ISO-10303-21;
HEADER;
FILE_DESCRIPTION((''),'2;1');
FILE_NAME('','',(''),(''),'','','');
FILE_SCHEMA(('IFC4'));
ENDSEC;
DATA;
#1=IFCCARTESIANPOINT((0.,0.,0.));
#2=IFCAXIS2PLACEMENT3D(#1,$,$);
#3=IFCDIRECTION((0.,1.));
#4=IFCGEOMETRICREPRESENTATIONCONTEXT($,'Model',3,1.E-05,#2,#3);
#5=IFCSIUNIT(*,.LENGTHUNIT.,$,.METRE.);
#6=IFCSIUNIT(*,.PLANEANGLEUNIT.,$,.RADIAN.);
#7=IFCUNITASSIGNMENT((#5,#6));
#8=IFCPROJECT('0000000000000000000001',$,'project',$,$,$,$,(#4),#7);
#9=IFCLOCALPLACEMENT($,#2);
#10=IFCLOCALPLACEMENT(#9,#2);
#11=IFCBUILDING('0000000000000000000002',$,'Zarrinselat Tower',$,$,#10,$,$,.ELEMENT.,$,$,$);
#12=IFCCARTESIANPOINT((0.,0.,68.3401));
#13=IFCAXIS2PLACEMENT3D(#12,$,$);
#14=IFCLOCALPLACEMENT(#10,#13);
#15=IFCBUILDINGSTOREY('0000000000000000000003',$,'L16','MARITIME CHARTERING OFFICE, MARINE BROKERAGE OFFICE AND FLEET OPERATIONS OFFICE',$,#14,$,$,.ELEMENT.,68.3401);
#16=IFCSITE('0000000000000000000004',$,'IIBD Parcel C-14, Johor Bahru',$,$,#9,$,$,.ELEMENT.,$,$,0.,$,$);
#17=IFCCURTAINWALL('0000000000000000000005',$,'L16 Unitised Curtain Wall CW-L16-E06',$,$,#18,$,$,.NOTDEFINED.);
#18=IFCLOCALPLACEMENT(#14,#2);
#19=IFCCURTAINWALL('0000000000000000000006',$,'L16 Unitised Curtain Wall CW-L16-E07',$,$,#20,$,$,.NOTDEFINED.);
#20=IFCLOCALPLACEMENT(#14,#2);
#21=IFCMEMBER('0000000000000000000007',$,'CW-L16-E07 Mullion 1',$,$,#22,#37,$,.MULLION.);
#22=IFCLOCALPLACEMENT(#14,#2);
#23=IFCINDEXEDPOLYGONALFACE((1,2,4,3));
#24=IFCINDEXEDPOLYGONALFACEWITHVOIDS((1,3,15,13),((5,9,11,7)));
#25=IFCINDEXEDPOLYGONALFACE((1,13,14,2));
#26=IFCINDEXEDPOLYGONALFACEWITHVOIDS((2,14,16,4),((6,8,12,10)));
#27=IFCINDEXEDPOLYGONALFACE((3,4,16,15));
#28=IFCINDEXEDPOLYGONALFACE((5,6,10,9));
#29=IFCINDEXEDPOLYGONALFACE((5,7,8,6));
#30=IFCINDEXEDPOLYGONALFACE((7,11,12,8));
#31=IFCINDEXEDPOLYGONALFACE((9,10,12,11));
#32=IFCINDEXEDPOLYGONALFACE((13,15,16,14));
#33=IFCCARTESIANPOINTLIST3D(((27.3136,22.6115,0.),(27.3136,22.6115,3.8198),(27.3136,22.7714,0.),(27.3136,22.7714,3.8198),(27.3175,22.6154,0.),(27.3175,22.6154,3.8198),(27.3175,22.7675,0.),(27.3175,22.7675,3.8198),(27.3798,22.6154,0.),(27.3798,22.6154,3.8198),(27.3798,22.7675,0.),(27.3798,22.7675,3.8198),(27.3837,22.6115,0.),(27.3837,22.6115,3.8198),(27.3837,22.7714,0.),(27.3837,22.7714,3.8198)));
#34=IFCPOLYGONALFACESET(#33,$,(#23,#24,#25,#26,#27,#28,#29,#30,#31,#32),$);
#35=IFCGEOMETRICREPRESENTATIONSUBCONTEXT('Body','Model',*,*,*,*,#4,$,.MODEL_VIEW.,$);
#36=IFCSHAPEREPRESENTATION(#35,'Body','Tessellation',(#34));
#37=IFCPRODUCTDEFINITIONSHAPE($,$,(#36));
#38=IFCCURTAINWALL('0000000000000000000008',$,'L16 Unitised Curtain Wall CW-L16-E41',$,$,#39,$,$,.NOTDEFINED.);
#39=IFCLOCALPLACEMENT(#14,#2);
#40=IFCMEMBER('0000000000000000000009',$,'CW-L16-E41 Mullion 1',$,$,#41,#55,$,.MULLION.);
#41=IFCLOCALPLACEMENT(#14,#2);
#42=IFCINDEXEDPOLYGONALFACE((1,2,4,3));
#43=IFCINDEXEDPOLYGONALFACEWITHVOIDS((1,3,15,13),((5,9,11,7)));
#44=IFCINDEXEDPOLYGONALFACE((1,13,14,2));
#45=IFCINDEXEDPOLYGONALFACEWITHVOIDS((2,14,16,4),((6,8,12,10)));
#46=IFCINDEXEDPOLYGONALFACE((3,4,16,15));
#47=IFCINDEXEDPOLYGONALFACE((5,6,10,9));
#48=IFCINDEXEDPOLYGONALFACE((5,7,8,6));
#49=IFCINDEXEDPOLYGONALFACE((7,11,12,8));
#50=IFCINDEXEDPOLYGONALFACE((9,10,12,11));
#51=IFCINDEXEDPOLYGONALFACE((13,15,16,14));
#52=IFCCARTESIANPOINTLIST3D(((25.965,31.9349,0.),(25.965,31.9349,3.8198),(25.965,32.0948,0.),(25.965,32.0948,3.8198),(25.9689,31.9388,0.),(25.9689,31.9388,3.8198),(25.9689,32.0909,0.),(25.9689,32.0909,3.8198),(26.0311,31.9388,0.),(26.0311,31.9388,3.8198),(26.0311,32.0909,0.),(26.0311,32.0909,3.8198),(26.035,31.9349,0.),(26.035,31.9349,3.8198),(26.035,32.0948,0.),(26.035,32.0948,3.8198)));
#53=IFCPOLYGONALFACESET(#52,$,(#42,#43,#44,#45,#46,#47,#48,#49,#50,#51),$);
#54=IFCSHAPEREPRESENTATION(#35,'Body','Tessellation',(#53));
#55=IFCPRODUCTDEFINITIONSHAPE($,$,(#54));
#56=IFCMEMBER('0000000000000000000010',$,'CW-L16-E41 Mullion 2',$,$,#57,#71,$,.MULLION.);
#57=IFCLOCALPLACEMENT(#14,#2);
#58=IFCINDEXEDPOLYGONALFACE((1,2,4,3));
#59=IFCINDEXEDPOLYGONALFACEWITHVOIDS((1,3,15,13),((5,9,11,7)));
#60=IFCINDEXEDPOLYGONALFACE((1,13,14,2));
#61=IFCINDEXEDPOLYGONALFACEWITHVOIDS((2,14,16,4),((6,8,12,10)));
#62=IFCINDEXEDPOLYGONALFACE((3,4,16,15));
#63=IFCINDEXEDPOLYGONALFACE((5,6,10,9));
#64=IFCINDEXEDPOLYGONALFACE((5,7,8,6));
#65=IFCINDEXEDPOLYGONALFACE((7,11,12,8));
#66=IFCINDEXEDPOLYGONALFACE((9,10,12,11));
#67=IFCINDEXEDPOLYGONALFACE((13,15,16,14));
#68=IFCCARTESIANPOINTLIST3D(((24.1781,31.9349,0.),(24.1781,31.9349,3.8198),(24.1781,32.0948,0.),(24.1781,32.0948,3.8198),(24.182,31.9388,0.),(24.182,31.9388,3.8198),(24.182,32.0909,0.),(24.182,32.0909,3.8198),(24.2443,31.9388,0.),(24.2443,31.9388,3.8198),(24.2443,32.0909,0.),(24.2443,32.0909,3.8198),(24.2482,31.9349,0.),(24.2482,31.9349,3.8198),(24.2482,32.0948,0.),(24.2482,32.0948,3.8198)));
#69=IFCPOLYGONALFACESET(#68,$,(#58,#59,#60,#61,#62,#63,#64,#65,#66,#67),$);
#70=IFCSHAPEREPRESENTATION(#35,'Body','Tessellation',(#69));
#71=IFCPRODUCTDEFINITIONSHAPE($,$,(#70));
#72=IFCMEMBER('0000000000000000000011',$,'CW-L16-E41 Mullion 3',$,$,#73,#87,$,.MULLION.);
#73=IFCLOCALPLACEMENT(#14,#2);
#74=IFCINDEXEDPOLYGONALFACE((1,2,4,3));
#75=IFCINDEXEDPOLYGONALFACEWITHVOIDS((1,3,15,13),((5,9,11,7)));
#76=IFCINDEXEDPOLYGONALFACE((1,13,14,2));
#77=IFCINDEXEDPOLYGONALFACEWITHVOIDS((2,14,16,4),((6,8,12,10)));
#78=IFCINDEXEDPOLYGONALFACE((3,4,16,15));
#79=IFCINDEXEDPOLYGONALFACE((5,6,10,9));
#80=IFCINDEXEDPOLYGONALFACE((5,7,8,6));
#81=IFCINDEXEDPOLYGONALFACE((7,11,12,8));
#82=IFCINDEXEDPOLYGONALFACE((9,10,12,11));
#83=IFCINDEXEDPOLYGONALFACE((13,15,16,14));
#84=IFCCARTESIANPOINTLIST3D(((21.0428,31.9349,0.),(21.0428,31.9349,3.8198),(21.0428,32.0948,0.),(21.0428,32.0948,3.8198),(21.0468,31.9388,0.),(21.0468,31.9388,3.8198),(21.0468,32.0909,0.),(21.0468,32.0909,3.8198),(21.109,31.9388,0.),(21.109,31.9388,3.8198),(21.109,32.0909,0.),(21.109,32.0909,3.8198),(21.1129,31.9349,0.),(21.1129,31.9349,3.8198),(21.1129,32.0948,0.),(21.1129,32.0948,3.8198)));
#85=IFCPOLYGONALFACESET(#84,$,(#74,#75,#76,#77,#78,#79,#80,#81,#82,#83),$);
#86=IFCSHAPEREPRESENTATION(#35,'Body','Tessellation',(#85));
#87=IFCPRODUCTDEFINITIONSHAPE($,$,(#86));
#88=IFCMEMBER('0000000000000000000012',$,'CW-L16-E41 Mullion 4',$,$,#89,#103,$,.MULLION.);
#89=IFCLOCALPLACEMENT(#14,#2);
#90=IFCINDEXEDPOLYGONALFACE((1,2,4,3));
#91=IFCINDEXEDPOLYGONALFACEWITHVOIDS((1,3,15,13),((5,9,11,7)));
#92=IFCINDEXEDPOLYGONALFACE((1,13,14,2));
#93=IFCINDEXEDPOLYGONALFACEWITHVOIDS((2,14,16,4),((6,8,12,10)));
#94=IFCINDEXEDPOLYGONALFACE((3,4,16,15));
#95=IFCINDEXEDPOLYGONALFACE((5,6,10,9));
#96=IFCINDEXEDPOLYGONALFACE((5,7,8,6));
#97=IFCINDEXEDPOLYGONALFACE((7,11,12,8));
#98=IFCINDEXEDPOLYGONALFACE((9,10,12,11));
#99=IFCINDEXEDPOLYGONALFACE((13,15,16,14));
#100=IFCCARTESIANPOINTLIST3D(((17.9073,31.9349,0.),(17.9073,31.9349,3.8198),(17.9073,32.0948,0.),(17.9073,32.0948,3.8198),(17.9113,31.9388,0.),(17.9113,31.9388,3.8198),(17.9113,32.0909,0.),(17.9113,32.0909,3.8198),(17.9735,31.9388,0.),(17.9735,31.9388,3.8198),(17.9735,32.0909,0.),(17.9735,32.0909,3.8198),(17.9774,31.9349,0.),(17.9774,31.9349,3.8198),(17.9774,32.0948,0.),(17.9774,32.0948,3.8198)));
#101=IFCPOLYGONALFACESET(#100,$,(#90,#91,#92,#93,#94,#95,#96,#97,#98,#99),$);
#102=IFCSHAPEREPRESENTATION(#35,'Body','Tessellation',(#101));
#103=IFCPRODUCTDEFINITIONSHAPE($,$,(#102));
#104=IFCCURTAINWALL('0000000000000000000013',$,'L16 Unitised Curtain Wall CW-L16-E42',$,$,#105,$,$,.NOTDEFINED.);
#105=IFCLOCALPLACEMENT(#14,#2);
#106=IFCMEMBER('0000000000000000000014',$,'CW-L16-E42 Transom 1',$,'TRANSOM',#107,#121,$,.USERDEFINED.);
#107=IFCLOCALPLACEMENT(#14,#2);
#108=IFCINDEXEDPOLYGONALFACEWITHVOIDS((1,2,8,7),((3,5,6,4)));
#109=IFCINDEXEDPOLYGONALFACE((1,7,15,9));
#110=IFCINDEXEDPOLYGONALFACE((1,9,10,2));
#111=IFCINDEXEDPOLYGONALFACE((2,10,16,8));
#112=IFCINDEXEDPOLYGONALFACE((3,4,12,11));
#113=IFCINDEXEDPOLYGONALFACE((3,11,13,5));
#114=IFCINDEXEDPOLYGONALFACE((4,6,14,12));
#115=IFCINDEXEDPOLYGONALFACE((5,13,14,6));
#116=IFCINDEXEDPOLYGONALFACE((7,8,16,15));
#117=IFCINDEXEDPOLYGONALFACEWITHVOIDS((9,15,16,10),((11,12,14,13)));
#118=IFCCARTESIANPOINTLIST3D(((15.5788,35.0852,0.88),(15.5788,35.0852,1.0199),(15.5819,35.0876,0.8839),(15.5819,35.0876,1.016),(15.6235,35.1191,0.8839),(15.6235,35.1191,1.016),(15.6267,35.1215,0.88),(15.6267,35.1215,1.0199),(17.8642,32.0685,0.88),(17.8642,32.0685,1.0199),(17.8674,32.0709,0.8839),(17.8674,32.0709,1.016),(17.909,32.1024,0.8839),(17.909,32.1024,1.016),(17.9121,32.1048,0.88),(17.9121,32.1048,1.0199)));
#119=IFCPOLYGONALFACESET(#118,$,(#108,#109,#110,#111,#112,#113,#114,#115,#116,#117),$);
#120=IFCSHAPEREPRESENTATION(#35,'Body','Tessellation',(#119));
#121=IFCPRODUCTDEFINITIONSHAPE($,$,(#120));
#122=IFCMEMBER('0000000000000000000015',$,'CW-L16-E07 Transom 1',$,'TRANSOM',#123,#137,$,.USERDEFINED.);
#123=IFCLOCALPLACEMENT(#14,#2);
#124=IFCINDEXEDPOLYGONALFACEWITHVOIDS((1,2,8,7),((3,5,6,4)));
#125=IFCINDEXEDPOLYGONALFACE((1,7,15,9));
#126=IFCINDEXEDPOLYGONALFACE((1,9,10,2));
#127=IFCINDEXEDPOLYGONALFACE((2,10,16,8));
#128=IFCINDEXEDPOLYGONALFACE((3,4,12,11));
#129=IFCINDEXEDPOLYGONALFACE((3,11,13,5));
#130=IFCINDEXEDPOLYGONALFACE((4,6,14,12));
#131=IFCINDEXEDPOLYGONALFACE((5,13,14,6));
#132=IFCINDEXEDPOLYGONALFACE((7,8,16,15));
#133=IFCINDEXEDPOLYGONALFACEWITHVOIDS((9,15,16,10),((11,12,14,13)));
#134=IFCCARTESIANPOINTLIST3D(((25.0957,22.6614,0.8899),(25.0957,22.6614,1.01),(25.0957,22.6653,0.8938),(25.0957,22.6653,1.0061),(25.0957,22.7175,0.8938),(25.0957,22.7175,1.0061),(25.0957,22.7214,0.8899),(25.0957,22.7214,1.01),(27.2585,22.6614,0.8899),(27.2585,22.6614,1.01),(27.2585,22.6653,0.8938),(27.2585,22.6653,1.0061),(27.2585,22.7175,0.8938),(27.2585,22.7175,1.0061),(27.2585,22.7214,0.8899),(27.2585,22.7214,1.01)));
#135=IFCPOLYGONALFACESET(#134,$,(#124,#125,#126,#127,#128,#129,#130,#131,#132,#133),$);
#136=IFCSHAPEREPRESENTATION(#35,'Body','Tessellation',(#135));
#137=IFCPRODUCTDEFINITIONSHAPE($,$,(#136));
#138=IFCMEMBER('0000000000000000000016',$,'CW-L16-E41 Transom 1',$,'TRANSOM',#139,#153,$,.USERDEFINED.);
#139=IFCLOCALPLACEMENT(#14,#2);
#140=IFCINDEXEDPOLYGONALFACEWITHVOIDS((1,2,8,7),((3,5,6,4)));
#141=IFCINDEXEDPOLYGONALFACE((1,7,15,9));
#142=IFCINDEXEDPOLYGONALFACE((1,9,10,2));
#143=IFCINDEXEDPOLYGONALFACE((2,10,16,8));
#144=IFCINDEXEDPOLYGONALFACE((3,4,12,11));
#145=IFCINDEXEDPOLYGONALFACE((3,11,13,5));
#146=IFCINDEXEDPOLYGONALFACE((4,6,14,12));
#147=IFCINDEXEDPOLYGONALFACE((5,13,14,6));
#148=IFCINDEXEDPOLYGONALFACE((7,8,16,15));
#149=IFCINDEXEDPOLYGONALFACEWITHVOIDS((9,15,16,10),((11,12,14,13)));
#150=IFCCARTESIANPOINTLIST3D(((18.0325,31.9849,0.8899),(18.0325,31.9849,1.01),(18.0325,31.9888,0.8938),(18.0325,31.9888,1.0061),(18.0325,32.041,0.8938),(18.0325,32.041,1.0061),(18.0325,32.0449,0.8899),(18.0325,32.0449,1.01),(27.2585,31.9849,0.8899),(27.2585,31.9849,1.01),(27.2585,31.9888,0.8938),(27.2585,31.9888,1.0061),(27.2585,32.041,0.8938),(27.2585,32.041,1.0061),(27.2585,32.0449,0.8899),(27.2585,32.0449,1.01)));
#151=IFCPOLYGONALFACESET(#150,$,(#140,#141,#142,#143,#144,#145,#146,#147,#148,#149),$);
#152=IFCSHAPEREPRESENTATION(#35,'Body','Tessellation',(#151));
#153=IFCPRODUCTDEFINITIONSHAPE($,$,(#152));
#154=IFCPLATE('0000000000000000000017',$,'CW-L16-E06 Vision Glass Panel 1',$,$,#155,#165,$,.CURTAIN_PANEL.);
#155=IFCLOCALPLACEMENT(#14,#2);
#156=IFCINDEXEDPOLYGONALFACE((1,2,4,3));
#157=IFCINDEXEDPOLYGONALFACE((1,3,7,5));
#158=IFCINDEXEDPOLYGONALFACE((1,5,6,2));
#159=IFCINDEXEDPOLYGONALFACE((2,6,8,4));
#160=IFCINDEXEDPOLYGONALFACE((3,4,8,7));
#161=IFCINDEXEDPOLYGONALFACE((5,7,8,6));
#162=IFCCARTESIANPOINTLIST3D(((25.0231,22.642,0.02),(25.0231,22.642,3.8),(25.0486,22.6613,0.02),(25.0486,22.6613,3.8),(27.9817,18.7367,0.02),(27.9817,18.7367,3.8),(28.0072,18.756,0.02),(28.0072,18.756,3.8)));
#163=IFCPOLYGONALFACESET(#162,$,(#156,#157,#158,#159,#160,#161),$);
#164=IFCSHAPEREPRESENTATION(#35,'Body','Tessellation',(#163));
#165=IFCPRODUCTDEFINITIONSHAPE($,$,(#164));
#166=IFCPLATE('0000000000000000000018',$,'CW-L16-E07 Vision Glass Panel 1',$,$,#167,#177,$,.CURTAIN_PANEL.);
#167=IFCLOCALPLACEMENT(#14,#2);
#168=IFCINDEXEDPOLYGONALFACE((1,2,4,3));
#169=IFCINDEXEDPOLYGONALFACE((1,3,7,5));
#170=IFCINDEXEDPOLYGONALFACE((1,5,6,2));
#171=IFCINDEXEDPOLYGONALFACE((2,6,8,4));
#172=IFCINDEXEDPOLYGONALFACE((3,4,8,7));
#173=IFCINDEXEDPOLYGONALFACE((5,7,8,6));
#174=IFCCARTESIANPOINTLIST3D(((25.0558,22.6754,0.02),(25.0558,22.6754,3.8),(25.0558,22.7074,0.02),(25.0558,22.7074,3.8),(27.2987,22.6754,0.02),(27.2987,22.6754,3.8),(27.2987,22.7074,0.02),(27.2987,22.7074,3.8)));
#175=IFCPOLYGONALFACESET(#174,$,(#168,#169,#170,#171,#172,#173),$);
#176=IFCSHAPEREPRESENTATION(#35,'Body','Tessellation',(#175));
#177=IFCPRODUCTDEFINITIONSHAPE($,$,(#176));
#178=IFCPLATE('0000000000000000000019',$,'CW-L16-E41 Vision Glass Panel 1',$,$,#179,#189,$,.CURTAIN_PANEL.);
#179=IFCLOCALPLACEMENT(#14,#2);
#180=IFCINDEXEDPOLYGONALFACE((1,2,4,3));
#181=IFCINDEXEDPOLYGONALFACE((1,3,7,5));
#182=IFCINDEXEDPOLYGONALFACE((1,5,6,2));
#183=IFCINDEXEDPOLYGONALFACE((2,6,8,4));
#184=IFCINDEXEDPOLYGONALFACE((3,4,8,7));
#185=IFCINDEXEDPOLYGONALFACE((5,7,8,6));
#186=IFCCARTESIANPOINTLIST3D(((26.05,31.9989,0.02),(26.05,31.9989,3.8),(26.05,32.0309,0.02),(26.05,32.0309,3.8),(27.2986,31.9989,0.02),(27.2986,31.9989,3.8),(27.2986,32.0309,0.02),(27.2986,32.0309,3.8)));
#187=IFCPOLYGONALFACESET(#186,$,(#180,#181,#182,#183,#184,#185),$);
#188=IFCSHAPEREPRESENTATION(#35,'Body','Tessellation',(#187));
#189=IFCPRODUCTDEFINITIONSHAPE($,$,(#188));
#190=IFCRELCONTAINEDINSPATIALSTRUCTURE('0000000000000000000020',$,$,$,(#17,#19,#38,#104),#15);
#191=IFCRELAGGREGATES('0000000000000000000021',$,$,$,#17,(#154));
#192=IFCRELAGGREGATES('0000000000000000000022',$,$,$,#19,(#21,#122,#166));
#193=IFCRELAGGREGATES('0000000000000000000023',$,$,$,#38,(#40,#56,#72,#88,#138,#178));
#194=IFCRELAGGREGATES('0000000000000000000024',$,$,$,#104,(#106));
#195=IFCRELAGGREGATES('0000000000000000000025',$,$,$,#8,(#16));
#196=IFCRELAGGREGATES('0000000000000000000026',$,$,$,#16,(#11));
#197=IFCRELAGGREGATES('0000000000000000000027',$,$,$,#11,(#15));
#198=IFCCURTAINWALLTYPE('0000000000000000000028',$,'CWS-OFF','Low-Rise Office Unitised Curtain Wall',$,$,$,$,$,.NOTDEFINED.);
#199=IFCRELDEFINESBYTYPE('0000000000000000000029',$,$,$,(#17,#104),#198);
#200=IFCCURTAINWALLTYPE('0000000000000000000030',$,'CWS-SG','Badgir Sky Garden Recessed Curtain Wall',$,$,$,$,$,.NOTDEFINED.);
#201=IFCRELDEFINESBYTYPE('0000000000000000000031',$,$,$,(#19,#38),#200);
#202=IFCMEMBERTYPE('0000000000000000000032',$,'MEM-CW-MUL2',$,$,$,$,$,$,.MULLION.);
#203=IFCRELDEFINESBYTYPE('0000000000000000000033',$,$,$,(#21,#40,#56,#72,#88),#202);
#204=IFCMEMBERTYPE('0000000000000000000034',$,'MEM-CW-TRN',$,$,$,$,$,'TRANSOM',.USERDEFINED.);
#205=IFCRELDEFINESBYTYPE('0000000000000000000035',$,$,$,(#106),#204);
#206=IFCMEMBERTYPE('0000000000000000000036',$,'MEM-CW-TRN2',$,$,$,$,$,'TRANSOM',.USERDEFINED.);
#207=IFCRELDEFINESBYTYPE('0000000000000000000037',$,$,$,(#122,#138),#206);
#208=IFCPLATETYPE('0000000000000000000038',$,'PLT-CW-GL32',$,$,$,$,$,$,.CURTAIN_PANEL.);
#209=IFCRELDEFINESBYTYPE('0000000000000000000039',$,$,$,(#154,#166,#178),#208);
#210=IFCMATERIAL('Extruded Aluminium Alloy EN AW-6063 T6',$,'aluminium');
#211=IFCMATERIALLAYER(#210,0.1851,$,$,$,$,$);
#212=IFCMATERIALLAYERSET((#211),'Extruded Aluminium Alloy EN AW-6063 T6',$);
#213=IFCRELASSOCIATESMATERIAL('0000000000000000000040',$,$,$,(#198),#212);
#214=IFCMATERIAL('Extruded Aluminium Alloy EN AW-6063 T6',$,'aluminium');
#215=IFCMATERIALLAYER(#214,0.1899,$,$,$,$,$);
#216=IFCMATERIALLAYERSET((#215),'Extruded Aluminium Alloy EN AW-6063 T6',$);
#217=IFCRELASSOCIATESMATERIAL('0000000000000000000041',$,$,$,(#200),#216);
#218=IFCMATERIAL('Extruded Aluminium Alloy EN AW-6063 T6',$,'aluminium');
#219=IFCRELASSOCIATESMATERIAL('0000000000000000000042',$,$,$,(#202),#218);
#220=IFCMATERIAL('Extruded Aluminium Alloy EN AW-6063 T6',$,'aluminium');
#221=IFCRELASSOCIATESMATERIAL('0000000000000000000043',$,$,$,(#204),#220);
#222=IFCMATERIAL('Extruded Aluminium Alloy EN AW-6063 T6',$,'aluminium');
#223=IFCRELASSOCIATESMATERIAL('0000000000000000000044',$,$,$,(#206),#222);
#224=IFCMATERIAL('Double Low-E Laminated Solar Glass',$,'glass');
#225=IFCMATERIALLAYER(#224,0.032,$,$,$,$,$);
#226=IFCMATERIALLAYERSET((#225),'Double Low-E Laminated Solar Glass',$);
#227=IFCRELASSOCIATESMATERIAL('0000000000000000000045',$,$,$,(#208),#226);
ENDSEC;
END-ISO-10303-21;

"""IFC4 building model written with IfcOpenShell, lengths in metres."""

from ifc_helpers import new_model, si_unit, direction, frame, origin, origin_2d, place, context, subcontext, project, spatial, rectangle, hollow_rectangle, extrude, material, layer, layer_set, material_profile, profile_set, type_object, element, aggregate, save


model = new_model("IFC4")

# Units and contexts
model_context = context("Model", 3, precision=1e-05, world=origin(), true_north=direction((0.0, 1.0)))
body_context = subcontext(model_context, "Body", "Model", "MODEL_VIEW")
ifc_project = project(units=[si_unit("LENGTHUNIT", "METRE"), si_unit("PLANEANGLEUNIT", "RADIAN")], contexts=[model_context])

# Site, building, storey
site_placement = place(None, origin())
site = spatial("IfcSite", under=ifc_project, at=site_placement, Name="IIBD Parcel C-14, Johor Bahru", CompositionType="ELEMENT", RefElevation=0.0)
building_placement = place(site_placement, origin())
building = spatial("IfcBuilding", under=site, at=building_placement, Name="Zarrinselat Tower", CompositionType="ELEMENT")
storey_placement = place(building_placement, frame((0.0, 0.0, 68.3401)))
storey = spatial("IfcBuildingStorey", under=building, at=storey_placement, Name="L16", Description="MARITIME CHARTERING OFFICE, MARINE BROKERAGE OFFICE AND FLEET OPERATIONS OFFICE", CompositionType="ELEMENT", Elevation=68.3401)

# Curtain walls, member
ifc_material_1 = material(Name="Extruded Aluminium Alloy EN AW-6063 T6", Category="aluminium")
ifc_layer_1 = layer(ifc_material_1, 0.1851)
ifc_layer_set_1 = layer_set([ifc_layer_1], Name="Extruded Aluminium Alloy EN AW-6063 T6")
curtain_wall_type_1 = type_object("IfcCurtainWallType", Name="CWS-OFF", Description="Low-Rise Office Unitised Curtain Wall", PredefinedType="NOTDEFINED", material=ifc_layer_set_1)
curtain_wall_1_placement = place(storey_placement, origin())
curtain_wall_1 = element("IfcCurtainWall", 1, at=curtain_wall_1_placement, inside=storey, type_object=curtain_wall_type_1, Name="L16 Unitised Curtain Wall CW-L16-E06", PredefinedType="NOTDEFINED")
ifc_material_2 = material(Name="Extruded Aluminium Alloy EN AW-6063 T6", Category="aluminium")
ifc_layer_2 = layer(ifc_material_2, 0.1899)
ifc_layer_set_2 = layer_set([ifc_layer_2], Name="Extruded Aluminium Alloy EN AW-6063 T6")
curtain_wall_type_2 = type_object("IfcCurtainWallType", Name="CWS-SG", Description="Badgir Sky Garden Recessed Curtain Wall", PredefinedType="NOTDEFINED", material=ifc_layer_set_2)
curtain_wall_2_placement = place(storey_placement, origin())
curtain_wall_2 = element("IfcCurtainWall", 2, at=curtain_wall_2_placement, inside=storey, type_object=curtain_wall_type_2, Name="L16 Unitised Curtain Wall CW-L16-E07", PredefinedType="NOTDEFINED")
ifc_material_3 = material(Name="Extruded Aluminium Alloy EN AW-6063 T6", Category="aluminium")
ifc_material_profile_1 = material_profile(ifc_material_3, hollow_rectangle(XDim=0.0701, YDim=0.1599, WallThickness=0.0039, at=origin_2d()), Name="RHS 160x70x4")
ifc_profile_set_1 = profile_set([ifc_material_profile_1], Name="Extruded Aluminium Alloy EN AW-6063 T6")
member_type_1 = type_object("IfcMemberType", Name="MEM-CW-MUL2", PredefinedType="MULLION", material=ifc_profile_set_1)
member_1_placement = place(storey_placement, frame((27.3486, 22.6914, 0.0), z_axis=(0.0, 0.0, 1.0), x_axis=(1.0, 0.0, 0.0)))
member_1 = element("IfcMember", 3, at=member_1_placement, type_object=member_type_1, Name="CW-L16-E07 Mullion 1", PredefinedType="MULLION", context=body_context, shape_type="SweptSolid", body=[
    extrude(hollow_rectangle(XDim=0.0701, YDim=0.1599, WallThickness=0.0039, at=origin_2d()), origin(), (0.0, 0.0, 1.0), 3.8198),
])

# Curtain wall, members
curtain_wall_3_placement = place(storey_placement, origin())
curtain_wall_3 = element("IfcCurtainWall", 4, at=curtain_wall_3_placement, inside=storey, type_object=curtain_wall_type_2, Name="L16 Unitised Curtain Wall CW-L16-E41", PredefinedType="NOTDEFINED")
member_2_placement = place(storey_placement, frame((26.0, 32.0149, 0.0), z_axis=(0.0, 0.0, 1.0), x_axis=(-1.0, 0.0, 0.0)))
member_2 = element("IfcMember", 5, at=member_2_placement, type_object=member_type_1, Name="CW-L16-E41 Mullion 1", PredefinedType="MULLION", context=body_context, shape_type="SweptSolid", body=[
    extrude(hollow_rectangle(XDim=0.0701, YDim=0.1599, WallThickness=0.0039, at=origin_2d()), origin(), (0.0, 0.0, 1.0), 3.8198),
])
member_3_placement = place(storey_placement, frame((24.2131, 32.0149, 0.0), z_axis=(0.0, 0.0, 1.0), x_axis=(-1.0, 0.0, 0.0)))
member_3 = element("IfcMember", 6, at=member_3_placement, type_object=member_type_1, Name="CW-L16-E41 Mullion 2", PredefinedType="MULLION", context=body_context, shape_type="SweptSolid", body=[
    extrude(hollow_rectangle(XDim=0.0701, YDim=0.1599, WallThickness=0.0039, at=origin_2d()), origin(), (0.0, 0.0, 1.0), 3.8198),
])
member_4_placement = place(storey_placement, frame((21.0779, 32.0149, 0.0), z_axis=(0.0, 0.0, 1.0), x_axis=(-1.0, 0.0, 0.0)))
member_4 = element("IfcMember", 7, at=member_4_placement, type_object=member_type_1, Name="CW-L16-E41 Mullion 3", PredefinedType="MULLION", context=body_context, shape_type="SweptSolid", body=[
    extrude(hollow_rectangle(XDim=0.0701, YDim=0.1599, WallThickness=0.0039, at=origin_2d()), origin(), (0.0, 0.0, 1.0), 3.8198),
])
member_5_placement = place(storey_placement, frame((17.9424, 32.0149, 0.0), z_axis=(0.0, 0.0, 1.0), x_axis=(-1.0, 0.0, 0.0)))
member_5 = element("IfcMember", 8, at=member_5_placement, type_object=member_type_1, Name="CW-L16-E41 Mullion 4", PredefinedType="MULLION", context=body_context, shape_type="SweptSolid", body=[
    extrude(hollow_rectangle(XDim=0.0701, YDim=0.1599, WallThickness=0.0039, at=origin_2d()), origin(), (0.0, 0.0, 1.0), 3.8198),
])

# Curtain wall, member
curtain_wall_4_placement = place(storey_placement, origin())
curtain_wall_4 = element("IfcCurtainWall", 9, at=curtain_wall_4_placement, inside=storey, type_object=curtain_wall_type_1, Name="L16 Unitised Curtain Wall CW-L16-E42", PredefinedType="NOTDEFINED")
ifc_material_4 = material(Name="Extruded Aluminium Alloy EN AW-6063 T6", Category="aluminium")
ifc_material_profile_2 = material_profile(ifc_material_4, hollow_rectangle(XDim=0.0601, YDim=0.1399, WallThickness=0.0039, at=origin_2d()), Name="RHS 140x60x4")
ifc_profile_set_2 = profile_set([ifc_material_profile_2], Name="Extruded Aluminium Alloy EN AW-6063 T6")
member_type_2 = type_object("IfcMemberType", Name="MEM-CW-TRN", ElementType="TRANSOM", PredefinedType="USERDEFINED", material=ifc_profile_set_2)
member_6_placement = place(storey_placement, frame((17.8882, 32.0867, 0.95), z_axis=(-0.603874, 0.79708, 0.0), x_axis=(-0.79708, -0.603874, 0.0)))
member_6 = element("IfcMember", 10, at=member_6_placement, type_object=member_type_2, Name="CW-L16-E42 Transom 1", ObjectType="TRANSOM", PredefinedType="USERDEFINED", context=body_context, shape_type="SweptSolid", body=[
    extrude(hollow_rectangle(XDim=0.0601, YDim=0.1399, WallThickness=0.0039, at=origin_2d()), origin(), (0.0, 0.0, 1.0), 3.7847),
])

# Members
ifc_material_5 = material(Name="Extruded Aluminium Alloy EN AW-6063 T6", Category="aluminium")
ifc_material_profile_3 = material_profile(ifc_material_5, hollow_rectangle(XDim=0.0601, YDim=0.1201, WallThickness=0.0039, at=origin_2d()), Name="RHS 120x60x4")
ifc_profile_set_3 = profile_set([ifc_material_profile_3], Name="Extruded Aluminium Alloy EN AW-6063 T6")
member_type_3 = type_object("IfcMemberType", Name="MEM-CW-TRN2", ElementType="TRANSOM", PredefinedType="USERDEFINED", material=ifc_profile_set_3)
member_7_placement = place(storey_placement, frame((25.0957, 22.6914, 0.95), z_axis=(1.0, 0.0, 0.0), x_axis=(0.0, 1.0, 0.0)))
member_7 = element("IfcMember", 11, at=member_7_placement, type_object=member_type_3, Name="CW-L16-E07 Transom 1", ObjectType="TRANSOM", PredefinedType="USERDEFINED", context=body_context, shape_type="SweptSolid", body=[
    extrude(hollow_rectangle(XDim=0.0601, YDim=0.1201, WallThickness=0.0039, at=origin_2d()), origin(), (0.0, 0.0, 1.0), 2.1628),
])
member_8_placement = place(storey_placement, frame((27.2585, 32.0149, 0.95), z_axis=(-1.0, 0.0, 0.0), x_axis=(0.0, -1.0, 0.0)))
member_8 = element("IfcMember", 12, at=member_8_placement, type_object=member_type_3, Name="CW-L16-E41 Transom 1", ObjectType="TRANSOM", PredefinedType="USERDEFINED", context=body_context, shape_type="SweptSolid", body=[
    extrude(hollow_rectangle(XDim=0.0601, YDim=0.1201, WallThickness=0.0039, at=origin_2d()), origin(), (0.0, 0.0, 1.0), 9.2261),
])

# Plates
ifc_material_6 = material(Name="Double Low-E Laminated Solar Glass", Category="glass")
ifc_layer_3 = layer(ifc_material_6, 0.032)
ifc_layer_set_3 = layer_set([ifc_layer_3], Name="Double Low-E Laminated Solar Glass")
plate_type = type_object("IfcPlateType", Name="PLT-CW-GL32", PredefinedType="CURTAIN_PANEL", material=ifc_layer_set_3)
plate_1_placement = place(storey_placement, frame((26.5151, 20.699, 0.02), z_axis=(0.0, 0.0, 1.0), x_axis=(-0.603859, 0.797091, 0.0)))
plate_1 = element("IfcPlate", 13, at=plate_1_placement, type_object=plate_type, Name="CW-L16-E06 Vision Glass Panel 1", PredefinedType="CURTAIN_PANEL", context=body_context, shape_type="SweptSolid", body=[
    extrude(rectangle(XDim=4.8994, YDim=0.032, at=origin_2d()), origin(), (0.0, 0.0, 1.0), 3.78),
])
aggregate(curtain_wall_1, [plate_1])
plate_2_placement = place(storey_placement, frame((26.1772, 22.6914, 0.02), z_axis=(0.0, 0.0, 1.0), x_axis=(1.0, 0.0, 0.0)))
plate_2 = element("IfcPlate", 14, at=plate_2_placement, type_object=plate_type, Name="CW-L16-E07 Vision Glass Panel 1", PredefinedType="CURTAIN_PANEL", context=body_context, shape_type="SweptSolid", body=[
    extrude(rectangle(XDim=2.2429, YDim=0.032, at=origin_2d()), origin(), (0.0, 0.0, 1.0), 3.78),
])
aggregate(curtain_wall_2, [member_1, member_7, plate_2])
plate_3_placement = place(storey_placement, frame((26.6743, 32.0149, 0.02), z_axis=(0.0, 0.0, 1.0), x_axis=(-1.0, 0.0, 0.0)))
plate_3 = element("IfcPlate", 15, at=plate_3_placement, type_object=plate_type, Name="CW-L16-E41 Vision Glass Panel 1", PredefinedType="CURTAIN_PANEL", context=body_context, shape_type="SweptSolid", body=[
    extrude(rectangle(XDim=1.2485, YDim=0.032, at=origin_2d()), origin(), (0.0, 0.0, 1.0), 3.78),
])
aggregate(curtain_wall_3, [member_2, member_3, member_4, member_5, member_8, plate_3])
aggregate(curtain_wall_4, [member_6])

save(model, "model.ifc")
